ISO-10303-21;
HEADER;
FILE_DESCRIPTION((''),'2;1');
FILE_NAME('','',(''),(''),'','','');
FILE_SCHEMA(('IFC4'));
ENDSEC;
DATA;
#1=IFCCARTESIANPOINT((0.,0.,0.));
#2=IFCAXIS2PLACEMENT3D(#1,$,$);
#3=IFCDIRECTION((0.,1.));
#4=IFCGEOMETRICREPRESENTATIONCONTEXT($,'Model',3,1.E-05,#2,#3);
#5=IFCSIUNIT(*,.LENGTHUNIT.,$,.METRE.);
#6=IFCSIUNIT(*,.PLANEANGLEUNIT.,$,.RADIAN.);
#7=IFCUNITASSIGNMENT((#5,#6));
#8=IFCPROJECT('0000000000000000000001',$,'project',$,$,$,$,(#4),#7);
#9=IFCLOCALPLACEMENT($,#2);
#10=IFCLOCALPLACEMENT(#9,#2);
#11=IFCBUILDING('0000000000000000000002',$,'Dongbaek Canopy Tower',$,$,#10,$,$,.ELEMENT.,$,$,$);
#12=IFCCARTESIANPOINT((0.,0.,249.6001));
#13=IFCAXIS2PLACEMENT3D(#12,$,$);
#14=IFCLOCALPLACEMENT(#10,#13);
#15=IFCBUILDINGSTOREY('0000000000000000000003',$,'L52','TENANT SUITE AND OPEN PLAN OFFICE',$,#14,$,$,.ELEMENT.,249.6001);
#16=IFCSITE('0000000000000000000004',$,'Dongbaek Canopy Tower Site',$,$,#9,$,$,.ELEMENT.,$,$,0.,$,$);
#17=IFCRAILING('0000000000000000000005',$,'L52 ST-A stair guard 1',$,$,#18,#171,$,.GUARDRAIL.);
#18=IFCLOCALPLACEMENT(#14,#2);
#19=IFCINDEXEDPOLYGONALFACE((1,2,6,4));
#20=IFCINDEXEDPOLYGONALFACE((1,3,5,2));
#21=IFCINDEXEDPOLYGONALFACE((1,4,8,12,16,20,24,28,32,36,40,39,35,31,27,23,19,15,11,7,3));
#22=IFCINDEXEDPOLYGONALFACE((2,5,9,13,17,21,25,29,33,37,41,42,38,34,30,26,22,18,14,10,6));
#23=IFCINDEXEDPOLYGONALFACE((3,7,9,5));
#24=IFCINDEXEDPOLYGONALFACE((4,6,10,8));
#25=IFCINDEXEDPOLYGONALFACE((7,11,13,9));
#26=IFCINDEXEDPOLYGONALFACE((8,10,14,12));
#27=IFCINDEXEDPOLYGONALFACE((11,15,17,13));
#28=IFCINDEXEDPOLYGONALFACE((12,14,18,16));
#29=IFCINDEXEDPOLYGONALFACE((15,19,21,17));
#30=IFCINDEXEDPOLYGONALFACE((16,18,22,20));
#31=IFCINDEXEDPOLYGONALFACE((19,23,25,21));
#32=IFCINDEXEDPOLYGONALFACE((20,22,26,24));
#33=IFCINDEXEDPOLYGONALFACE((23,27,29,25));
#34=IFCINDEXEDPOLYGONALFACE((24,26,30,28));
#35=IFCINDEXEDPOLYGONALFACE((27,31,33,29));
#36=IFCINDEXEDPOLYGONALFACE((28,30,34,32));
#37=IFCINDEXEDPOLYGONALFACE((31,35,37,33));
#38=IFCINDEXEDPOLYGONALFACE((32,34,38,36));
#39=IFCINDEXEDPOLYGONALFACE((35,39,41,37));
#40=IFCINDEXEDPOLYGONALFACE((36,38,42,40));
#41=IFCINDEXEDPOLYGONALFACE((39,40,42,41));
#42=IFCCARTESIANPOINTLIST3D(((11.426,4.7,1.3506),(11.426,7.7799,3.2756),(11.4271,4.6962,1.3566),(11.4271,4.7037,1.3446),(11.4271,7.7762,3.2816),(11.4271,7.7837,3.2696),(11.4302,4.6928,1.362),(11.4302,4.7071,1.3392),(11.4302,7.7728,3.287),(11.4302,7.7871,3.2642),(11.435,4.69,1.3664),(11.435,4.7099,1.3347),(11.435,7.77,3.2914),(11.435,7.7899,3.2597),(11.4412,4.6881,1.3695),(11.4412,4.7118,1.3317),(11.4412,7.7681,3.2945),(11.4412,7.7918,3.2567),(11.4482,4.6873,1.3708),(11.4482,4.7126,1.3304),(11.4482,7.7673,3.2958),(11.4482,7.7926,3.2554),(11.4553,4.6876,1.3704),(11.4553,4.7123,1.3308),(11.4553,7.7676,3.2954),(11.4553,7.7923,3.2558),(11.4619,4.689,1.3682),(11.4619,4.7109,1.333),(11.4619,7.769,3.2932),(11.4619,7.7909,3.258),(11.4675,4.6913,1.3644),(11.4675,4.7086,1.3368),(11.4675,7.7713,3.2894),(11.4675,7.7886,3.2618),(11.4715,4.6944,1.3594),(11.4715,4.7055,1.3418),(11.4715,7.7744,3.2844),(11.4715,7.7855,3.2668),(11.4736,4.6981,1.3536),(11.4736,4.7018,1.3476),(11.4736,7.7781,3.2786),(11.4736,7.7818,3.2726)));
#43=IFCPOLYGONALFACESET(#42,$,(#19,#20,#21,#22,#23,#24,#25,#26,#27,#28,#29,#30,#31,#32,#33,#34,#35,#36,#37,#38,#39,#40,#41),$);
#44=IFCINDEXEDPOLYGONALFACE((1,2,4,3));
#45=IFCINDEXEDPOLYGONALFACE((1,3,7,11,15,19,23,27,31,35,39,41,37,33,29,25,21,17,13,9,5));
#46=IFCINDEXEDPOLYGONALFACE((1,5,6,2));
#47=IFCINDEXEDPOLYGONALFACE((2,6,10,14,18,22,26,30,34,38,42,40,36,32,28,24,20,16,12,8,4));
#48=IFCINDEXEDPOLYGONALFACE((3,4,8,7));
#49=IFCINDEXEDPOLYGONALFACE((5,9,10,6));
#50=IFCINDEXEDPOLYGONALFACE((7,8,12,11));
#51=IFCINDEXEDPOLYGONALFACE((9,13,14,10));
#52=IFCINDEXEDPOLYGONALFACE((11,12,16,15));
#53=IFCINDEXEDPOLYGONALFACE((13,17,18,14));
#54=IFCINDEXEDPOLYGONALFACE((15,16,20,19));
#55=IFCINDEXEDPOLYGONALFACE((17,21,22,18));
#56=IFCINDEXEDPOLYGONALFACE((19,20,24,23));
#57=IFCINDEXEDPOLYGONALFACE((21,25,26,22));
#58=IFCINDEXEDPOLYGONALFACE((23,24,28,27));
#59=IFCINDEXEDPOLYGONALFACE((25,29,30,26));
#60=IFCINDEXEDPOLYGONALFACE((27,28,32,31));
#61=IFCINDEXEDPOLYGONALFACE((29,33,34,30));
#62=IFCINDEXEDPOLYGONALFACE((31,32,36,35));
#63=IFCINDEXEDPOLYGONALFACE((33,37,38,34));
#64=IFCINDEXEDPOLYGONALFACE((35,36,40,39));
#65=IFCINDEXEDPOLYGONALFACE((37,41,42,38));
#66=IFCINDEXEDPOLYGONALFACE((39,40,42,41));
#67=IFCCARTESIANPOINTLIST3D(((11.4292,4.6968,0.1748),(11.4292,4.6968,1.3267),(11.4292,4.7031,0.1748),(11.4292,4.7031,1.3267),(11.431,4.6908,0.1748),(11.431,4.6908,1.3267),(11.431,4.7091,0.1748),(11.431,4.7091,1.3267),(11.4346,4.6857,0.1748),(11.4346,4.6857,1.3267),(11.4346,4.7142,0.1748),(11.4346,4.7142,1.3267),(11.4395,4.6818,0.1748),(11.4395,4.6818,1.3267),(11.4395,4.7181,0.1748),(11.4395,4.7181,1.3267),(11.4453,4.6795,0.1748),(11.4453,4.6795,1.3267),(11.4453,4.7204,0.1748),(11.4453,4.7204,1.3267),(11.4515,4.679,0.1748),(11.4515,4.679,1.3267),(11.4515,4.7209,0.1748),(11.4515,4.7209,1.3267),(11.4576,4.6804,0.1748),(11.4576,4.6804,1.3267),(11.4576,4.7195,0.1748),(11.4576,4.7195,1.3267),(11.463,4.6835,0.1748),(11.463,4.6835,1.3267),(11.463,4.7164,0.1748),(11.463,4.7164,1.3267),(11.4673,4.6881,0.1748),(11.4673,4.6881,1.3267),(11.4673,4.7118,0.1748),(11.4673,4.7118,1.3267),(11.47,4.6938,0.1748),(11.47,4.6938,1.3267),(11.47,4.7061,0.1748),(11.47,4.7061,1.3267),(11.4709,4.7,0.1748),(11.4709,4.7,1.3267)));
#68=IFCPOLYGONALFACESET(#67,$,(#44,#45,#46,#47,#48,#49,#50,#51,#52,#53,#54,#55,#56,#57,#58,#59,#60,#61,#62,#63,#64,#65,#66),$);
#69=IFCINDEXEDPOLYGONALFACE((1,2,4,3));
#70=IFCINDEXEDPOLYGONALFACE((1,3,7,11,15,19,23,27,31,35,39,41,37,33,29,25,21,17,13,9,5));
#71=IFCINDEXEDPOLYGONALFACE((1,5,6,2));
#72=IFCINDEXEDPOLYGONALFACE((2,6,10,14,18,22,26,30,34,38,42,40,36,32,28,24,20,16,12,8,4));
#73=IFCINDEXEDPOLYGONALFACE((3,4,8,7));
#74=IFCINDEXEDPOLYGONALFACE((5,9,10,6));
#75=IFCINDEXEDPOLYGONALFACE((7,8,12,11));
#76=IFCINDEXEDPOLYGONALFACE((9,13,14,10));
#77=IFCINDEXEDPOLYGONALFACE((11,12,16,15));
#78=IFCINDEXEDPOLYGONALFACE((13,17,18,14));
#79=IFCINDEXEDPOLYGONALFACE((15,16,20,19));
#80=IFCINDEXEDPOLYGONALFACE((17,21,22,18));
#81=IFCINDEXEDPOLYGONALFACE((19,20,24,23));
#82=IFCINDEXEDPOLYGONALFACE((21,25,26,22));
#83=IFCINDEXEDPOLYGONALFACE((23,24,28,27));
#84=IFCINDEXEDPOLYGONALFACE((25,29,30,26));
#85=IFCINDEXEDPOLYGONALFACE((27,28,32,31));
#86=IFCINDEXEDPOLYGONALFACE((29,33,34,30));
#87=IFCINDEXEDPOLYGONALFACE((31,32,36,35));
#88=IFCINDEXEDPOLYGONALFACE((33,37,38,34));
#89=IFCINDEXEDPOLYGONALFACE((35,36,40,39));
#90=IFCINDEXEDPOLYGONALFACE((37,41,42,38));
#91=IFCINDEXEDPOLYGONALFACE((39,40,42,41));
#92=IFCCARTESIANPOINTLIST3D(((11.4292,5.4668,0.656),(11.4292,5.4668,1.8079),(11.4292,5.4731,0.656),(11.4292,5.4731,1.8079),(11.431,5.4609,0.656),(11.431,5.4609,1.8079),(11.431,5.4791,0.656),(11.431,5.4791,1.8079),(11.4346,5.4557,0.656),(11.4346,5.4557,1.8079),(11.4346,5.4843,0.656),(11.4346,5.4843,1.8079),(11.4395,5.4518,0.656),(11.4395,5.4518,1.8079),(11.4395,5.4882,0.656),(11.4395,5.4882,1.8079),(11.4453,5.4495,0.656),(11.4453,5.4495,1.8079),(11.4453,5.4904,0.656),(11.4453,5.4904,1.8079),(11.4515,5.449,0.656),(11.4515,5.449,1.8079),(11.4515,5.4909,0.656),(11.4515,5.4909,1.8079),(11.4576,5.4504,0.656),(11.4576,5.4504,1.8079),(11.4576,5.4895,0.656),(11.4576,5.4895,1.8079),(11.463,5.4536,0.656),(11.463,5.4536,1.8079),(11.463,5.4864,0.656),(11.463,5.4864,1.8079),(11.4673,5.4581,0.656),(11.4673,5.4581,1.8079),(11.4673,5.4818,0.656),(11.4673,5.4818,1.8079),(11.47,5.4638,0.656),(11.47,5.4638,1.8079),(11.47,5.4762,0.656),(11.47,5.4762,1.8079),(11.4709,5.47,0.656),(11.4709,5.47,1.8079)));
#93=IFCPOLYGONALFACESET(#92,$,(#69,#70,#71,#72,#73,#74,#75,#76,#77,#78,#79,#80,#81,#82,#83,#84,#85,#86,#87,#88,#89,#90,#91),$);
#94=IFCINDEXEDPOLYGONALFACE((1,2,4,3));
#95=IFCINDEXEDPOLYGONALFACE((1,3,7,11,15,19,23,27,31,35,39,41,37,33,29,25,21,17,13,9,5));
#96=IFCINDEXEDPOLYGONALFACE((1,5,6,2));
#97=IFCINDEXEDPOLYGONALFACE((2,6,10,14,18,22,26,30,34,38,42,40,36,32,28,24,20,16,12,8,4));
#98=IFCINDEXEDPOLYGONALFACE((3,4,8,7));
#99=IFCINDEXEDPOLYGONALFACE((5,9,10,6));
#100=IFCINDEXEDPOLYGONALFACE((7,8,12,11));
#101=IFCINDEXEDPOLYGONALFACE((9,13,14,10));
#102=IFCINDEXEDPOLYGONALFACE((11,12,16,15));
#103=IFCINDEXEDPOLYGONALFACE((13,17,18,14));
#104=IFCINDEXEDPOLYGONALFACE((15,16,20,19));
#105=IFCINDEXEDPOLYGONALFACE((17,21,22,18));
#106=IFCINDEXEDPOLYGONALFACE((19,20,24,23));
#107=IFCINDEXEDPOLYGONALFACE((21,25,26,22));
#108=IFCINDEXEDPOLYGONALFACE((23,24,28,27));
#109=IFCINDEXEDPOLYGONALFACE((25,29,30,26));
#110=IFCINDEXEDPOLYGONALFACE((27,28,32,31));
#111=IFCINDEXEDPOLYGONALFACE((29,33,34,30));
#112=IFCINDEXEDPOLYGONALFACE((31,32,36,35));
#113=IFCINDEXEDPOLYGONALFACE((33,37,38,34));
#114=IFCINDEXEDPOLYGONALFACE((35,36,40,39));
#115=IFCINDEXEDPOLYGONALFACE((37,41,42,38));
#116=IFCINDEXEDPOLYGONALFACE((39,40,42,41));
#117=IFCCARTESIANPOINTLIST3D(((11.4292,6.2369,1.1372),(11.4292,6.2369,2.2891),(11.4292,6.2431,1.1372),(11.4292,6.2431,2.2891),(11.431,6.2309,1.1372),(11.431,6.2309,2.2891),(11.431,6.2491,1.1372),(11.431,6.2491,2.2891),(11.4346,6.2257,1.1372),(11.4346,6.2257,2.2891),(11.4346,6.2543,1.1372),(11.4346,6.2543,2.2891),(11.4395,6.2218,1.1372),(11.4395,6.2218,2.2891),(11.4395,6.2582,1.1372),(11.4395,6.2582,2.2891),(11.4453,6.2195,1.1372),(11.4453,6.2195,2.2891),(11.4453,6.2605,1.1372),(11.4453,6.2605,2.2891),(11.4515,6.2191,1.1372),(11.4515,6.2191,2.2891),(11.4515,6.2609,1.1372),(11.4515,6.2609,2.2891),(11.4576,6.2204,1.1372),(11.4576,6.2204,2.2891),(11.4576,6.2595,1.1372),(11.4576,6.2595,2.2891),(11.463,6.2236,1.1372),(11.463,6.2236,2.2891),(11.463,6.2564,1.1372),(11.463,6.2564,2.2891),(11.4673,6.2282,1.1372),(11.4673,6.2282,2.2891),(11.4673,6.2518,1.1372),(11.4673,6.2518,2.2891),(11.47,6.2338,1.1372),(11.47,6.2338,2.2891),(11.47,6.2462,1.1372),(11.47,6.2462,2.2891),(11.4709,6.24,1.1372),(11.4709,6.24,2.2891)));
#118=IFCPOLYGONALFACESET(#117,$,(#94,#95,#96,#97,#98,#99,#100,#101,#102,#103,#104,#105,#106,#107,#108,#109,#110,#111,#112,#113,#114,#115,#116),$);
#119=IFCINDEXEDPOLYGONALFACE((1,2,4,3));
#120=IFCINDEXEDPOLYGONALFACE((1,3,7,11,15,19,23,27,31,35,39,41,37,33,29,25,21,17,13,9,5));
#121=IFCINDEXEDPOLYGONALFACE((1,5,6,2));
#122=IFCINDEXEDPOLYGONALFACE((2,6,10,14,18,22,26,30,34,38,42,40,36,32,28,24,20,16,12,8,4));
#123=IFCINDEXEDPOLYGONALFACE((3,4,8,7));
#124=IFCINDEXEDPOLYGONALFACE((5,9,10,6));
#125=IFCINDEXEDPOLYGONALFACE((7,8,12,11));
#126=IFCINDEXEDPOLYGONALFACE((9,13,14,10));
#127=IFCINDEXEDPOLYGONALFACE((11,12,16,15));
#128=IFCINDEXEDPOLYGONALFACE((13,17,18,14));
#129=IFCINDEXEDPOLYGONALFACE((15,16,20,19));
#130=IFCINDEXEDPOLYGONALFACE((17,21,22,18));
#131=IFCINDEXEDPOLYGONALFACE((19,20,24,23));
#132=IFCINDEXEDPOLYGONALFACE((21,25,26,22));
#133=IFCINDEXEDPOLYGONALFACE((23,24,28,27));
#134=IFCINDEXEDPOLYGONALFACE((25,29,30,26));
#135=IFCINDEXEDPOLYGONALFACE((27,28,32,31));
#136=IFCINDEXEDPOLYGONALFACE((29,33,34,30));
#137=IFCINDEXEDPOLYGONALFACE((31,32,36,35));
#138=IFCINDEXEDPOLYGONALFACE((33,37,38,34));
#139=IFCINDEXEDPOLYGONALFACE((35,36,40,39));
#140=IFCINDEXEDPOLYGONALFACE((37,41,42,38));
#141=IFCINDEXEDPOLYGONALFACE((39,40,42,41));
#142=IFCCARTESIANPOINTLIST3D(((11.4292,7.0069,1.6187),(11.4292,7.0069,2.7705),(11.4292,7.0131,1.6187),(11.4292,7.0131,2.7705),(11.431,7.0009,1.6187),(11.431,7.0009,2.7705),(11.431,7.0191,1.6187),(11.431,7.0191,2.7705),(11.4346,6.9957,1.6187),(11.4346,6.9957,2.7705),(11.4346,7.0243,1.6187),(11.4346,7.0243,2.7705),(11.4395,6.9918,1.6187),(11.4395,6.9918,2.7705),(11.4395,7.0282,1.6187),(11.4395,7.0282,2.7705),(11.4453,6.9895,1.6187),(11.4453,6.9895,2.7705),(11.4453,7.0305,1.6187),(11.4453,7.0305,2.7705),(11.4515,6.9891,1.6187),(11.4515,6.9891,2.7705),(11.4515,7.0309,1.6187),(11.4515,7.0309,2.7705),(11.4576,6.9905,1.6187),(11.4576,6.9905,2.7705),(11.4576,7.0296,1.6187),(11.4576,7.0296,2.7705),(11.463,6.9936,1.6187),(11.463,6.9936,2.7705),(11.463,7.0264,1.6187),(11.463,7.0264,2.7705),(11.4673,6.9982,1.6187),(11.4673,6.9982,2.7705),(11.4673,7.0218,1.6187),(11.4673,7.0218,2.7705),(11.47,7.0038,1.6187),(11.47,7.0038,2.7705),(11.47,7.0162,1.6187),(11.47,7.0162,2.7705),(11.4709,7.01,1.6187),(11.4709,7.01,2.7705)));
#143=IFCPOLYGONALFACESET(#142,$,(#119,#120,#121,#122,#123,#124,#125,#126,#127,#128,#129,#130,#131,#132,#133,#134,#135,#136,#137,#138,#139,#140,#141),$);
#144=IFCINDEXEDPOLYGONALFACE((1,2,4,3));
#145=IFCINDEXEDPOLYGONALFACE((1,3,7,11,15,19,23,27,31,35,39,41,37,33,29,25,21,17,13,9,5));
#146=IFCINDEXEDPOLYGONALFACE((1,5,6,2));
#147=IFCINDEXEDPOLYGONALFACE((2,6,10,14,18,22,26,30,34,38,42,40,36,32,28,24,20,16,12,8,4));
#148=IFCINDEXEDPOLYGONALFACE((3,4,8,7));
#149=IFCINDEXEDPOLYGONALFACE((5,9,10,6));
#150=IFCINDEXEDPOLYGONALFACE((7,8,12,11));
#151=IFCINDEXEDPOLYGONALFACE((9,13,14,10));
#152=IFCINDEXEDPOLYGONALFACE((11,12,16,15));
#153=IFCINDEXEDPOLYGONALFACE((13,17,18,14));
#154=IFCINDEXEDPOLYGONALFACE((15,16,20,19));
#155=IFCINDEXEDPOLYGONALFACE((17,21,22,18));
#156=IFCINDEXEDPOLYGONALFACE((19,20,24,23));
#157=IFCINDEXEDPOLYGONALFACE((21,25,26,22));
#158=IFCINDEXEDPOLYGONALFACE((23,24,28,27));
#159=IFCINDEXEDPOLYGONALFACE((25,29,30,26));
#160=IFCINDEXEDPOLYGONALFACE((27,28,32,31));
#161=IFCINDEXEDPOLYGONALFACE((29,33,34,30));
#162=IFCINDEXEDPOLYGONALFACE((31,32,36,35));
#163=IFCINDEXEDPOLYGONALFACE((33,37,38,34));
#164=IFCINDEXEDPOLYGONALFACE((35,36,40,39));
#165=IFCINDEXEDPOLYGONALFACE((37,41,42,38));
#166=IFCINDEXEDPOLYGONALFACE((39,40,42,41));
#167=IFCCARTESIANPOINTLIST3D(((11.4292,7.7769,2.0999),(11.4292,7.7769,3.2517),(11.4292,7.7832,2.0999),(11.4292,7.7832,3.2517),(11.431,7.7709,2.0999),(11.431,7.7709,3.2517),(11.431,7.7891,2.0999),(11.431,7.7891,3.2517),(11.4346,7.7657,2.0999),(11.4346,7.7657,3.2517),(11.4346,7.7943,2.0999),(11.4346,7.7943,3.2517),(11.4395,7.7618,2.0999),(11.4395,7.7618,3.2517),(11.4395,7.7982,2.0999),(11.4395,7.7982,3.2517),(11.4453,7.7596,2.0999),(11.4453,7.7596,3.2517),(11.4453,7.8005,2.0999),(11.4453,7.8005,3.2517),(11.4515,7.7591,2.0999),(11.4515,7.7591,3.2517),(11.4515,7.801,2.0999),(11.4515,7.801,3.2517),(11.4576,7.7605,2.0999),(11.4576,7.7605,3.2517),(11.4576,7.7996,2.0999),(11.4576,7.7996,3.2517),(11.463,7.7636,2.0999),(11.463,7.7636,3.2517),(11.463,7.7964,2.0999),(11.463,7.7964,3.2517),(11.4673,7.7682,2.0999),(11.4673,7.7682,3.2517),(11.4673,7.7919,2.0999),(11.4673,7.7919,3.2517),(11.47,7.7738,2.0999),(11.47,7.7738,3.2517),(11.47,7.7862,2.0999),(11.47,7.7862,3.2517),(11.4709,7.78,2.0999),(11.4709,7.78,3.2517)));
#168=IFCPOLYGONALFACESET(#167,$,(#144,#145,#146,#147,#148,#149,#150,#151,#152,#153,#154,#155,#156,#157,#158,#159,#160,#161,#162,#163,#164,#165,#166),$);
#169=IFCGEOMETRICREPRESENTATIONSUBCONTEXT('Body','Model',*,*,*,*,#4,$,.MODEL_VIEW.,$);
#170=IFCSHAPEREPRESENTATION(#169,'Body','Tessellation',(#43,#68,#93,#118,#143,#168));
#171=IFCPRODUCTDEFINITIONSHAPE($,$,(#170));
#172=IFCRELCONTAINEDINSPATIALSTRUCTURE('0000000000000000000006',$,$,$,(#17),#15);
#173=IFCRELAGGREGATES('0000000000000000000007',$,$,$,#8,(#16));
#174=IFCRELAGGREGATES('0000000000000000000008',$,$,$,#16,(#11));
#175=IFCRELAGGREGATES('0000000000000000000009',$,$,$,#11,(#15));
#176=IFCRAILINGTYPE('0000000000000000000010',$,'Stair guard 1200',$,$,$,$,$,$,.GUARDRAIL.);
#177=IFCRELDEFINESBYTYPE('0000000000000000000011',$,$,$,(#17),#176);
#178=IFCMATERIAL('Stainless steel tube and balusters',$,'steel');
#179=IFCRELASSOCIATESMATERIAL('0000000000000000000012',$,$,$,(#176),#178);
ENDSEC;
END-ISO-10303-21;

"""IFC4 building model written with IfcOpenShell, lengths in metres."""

from ifc_helpers import new_model, si_unit, direction, frame, origin, origin_2d, place, context, subcontext, project, spatial, circle, extrude, material, type_object, element, save


model = new_model("IFC4")

# Units and contexts
model_context = context("Model", 3, precision=1e-05, world=origin(), true_north=direction((0.0, 1.0)))
body_context = subcontext(model_context, "Body", "Model", "MODEL_VIEW")
ifc_project = project(units=[si_unit("LENGTHUNIT", "METRE"), si_unit("PLANEANGLEUNIT", "RADIAN")], contexts=[model_context])

# Site, building, storey
site_placement = place(None, origin())
site = spatial("IfcSite", under=ifc_project, at=site_placement, Name="Dongbaek Canopy Tower Site", CompositionType="ELEMENT", RefElevation=0.0)
building_placement = place(site_placement, origin())
building = spatial("IfcBuilding", under=site, at=building_placement, Name="Dongbaek Canopy Tower", CompositionType="ELEMENT")
storey_placement = place(building_placement, frame((0.0, 0.0, 249.6001)))
storey = spatial("IfcBuildingStorey", under=building, at=storey_placement, Name="L52", Description="TENANT SUITE AND OPEN PLAN OFFICE", CompositionType="ELEMENT", Elevation=249.6001)

# Railing
ifc_material_1 = material(Name="Stainless steel tube and balusters", Category="steel")
railing_type_1 = type_object("IfcRailingType", Name="Stair guard 1200", PredefinedType="GUARDRAIL", material=ifc_material_1)
railing_1_placement = place(storey_placement, frame((11.45, 4.7, 0.1748)))
element("IfcRailing", 1, at=railing_1_placement, inside=storey, type_object=railing_type_1, Name="L52 ST-A stair guard 1", PredefinedType="GUARDRAIL", context=body_context, shape_type="SweptSolid", body=[
    extrude(circle(Radius=0.0239, at=origin_2d()), frame((0.0, 0.0, 1.1758), z_axis=(0.0, 0.847998, 0.529999), x_axis=(-1.0, 0.0, 0.0)), (0.0, 0.0, 1.0), 3.6321),
    extrude(circle(Radius=0.021, at=origin_2d()), origin(), (0.0, 0.0, 1.0), 1.1519),
    extrude(circle(Radius=0.021, at=origin_2d()), frame((0.0, 0.77, 0.4812)), (0.0, 0.0, 1.0), 1.1519),
    extrude(circle(Radius=0.021, at=origin_2d()), frame((0.0, 1.54, 0.9624)), (0.0, 0.0, 1.0), 1.1519),
    extrude(circle(Radius=0.021, at=origin_2d()), frame((0.0, 2.3101, 1.4438)), (0.0, 0.0, 1.0), 1.1519),
    extrude(circle(Radius=0.021, at=origin_2d()), frame((0.0, 3.0801, 1.925)), (0.0, 0.0, 1.0), 1.1519),
])

save(model, "model.ifc")
